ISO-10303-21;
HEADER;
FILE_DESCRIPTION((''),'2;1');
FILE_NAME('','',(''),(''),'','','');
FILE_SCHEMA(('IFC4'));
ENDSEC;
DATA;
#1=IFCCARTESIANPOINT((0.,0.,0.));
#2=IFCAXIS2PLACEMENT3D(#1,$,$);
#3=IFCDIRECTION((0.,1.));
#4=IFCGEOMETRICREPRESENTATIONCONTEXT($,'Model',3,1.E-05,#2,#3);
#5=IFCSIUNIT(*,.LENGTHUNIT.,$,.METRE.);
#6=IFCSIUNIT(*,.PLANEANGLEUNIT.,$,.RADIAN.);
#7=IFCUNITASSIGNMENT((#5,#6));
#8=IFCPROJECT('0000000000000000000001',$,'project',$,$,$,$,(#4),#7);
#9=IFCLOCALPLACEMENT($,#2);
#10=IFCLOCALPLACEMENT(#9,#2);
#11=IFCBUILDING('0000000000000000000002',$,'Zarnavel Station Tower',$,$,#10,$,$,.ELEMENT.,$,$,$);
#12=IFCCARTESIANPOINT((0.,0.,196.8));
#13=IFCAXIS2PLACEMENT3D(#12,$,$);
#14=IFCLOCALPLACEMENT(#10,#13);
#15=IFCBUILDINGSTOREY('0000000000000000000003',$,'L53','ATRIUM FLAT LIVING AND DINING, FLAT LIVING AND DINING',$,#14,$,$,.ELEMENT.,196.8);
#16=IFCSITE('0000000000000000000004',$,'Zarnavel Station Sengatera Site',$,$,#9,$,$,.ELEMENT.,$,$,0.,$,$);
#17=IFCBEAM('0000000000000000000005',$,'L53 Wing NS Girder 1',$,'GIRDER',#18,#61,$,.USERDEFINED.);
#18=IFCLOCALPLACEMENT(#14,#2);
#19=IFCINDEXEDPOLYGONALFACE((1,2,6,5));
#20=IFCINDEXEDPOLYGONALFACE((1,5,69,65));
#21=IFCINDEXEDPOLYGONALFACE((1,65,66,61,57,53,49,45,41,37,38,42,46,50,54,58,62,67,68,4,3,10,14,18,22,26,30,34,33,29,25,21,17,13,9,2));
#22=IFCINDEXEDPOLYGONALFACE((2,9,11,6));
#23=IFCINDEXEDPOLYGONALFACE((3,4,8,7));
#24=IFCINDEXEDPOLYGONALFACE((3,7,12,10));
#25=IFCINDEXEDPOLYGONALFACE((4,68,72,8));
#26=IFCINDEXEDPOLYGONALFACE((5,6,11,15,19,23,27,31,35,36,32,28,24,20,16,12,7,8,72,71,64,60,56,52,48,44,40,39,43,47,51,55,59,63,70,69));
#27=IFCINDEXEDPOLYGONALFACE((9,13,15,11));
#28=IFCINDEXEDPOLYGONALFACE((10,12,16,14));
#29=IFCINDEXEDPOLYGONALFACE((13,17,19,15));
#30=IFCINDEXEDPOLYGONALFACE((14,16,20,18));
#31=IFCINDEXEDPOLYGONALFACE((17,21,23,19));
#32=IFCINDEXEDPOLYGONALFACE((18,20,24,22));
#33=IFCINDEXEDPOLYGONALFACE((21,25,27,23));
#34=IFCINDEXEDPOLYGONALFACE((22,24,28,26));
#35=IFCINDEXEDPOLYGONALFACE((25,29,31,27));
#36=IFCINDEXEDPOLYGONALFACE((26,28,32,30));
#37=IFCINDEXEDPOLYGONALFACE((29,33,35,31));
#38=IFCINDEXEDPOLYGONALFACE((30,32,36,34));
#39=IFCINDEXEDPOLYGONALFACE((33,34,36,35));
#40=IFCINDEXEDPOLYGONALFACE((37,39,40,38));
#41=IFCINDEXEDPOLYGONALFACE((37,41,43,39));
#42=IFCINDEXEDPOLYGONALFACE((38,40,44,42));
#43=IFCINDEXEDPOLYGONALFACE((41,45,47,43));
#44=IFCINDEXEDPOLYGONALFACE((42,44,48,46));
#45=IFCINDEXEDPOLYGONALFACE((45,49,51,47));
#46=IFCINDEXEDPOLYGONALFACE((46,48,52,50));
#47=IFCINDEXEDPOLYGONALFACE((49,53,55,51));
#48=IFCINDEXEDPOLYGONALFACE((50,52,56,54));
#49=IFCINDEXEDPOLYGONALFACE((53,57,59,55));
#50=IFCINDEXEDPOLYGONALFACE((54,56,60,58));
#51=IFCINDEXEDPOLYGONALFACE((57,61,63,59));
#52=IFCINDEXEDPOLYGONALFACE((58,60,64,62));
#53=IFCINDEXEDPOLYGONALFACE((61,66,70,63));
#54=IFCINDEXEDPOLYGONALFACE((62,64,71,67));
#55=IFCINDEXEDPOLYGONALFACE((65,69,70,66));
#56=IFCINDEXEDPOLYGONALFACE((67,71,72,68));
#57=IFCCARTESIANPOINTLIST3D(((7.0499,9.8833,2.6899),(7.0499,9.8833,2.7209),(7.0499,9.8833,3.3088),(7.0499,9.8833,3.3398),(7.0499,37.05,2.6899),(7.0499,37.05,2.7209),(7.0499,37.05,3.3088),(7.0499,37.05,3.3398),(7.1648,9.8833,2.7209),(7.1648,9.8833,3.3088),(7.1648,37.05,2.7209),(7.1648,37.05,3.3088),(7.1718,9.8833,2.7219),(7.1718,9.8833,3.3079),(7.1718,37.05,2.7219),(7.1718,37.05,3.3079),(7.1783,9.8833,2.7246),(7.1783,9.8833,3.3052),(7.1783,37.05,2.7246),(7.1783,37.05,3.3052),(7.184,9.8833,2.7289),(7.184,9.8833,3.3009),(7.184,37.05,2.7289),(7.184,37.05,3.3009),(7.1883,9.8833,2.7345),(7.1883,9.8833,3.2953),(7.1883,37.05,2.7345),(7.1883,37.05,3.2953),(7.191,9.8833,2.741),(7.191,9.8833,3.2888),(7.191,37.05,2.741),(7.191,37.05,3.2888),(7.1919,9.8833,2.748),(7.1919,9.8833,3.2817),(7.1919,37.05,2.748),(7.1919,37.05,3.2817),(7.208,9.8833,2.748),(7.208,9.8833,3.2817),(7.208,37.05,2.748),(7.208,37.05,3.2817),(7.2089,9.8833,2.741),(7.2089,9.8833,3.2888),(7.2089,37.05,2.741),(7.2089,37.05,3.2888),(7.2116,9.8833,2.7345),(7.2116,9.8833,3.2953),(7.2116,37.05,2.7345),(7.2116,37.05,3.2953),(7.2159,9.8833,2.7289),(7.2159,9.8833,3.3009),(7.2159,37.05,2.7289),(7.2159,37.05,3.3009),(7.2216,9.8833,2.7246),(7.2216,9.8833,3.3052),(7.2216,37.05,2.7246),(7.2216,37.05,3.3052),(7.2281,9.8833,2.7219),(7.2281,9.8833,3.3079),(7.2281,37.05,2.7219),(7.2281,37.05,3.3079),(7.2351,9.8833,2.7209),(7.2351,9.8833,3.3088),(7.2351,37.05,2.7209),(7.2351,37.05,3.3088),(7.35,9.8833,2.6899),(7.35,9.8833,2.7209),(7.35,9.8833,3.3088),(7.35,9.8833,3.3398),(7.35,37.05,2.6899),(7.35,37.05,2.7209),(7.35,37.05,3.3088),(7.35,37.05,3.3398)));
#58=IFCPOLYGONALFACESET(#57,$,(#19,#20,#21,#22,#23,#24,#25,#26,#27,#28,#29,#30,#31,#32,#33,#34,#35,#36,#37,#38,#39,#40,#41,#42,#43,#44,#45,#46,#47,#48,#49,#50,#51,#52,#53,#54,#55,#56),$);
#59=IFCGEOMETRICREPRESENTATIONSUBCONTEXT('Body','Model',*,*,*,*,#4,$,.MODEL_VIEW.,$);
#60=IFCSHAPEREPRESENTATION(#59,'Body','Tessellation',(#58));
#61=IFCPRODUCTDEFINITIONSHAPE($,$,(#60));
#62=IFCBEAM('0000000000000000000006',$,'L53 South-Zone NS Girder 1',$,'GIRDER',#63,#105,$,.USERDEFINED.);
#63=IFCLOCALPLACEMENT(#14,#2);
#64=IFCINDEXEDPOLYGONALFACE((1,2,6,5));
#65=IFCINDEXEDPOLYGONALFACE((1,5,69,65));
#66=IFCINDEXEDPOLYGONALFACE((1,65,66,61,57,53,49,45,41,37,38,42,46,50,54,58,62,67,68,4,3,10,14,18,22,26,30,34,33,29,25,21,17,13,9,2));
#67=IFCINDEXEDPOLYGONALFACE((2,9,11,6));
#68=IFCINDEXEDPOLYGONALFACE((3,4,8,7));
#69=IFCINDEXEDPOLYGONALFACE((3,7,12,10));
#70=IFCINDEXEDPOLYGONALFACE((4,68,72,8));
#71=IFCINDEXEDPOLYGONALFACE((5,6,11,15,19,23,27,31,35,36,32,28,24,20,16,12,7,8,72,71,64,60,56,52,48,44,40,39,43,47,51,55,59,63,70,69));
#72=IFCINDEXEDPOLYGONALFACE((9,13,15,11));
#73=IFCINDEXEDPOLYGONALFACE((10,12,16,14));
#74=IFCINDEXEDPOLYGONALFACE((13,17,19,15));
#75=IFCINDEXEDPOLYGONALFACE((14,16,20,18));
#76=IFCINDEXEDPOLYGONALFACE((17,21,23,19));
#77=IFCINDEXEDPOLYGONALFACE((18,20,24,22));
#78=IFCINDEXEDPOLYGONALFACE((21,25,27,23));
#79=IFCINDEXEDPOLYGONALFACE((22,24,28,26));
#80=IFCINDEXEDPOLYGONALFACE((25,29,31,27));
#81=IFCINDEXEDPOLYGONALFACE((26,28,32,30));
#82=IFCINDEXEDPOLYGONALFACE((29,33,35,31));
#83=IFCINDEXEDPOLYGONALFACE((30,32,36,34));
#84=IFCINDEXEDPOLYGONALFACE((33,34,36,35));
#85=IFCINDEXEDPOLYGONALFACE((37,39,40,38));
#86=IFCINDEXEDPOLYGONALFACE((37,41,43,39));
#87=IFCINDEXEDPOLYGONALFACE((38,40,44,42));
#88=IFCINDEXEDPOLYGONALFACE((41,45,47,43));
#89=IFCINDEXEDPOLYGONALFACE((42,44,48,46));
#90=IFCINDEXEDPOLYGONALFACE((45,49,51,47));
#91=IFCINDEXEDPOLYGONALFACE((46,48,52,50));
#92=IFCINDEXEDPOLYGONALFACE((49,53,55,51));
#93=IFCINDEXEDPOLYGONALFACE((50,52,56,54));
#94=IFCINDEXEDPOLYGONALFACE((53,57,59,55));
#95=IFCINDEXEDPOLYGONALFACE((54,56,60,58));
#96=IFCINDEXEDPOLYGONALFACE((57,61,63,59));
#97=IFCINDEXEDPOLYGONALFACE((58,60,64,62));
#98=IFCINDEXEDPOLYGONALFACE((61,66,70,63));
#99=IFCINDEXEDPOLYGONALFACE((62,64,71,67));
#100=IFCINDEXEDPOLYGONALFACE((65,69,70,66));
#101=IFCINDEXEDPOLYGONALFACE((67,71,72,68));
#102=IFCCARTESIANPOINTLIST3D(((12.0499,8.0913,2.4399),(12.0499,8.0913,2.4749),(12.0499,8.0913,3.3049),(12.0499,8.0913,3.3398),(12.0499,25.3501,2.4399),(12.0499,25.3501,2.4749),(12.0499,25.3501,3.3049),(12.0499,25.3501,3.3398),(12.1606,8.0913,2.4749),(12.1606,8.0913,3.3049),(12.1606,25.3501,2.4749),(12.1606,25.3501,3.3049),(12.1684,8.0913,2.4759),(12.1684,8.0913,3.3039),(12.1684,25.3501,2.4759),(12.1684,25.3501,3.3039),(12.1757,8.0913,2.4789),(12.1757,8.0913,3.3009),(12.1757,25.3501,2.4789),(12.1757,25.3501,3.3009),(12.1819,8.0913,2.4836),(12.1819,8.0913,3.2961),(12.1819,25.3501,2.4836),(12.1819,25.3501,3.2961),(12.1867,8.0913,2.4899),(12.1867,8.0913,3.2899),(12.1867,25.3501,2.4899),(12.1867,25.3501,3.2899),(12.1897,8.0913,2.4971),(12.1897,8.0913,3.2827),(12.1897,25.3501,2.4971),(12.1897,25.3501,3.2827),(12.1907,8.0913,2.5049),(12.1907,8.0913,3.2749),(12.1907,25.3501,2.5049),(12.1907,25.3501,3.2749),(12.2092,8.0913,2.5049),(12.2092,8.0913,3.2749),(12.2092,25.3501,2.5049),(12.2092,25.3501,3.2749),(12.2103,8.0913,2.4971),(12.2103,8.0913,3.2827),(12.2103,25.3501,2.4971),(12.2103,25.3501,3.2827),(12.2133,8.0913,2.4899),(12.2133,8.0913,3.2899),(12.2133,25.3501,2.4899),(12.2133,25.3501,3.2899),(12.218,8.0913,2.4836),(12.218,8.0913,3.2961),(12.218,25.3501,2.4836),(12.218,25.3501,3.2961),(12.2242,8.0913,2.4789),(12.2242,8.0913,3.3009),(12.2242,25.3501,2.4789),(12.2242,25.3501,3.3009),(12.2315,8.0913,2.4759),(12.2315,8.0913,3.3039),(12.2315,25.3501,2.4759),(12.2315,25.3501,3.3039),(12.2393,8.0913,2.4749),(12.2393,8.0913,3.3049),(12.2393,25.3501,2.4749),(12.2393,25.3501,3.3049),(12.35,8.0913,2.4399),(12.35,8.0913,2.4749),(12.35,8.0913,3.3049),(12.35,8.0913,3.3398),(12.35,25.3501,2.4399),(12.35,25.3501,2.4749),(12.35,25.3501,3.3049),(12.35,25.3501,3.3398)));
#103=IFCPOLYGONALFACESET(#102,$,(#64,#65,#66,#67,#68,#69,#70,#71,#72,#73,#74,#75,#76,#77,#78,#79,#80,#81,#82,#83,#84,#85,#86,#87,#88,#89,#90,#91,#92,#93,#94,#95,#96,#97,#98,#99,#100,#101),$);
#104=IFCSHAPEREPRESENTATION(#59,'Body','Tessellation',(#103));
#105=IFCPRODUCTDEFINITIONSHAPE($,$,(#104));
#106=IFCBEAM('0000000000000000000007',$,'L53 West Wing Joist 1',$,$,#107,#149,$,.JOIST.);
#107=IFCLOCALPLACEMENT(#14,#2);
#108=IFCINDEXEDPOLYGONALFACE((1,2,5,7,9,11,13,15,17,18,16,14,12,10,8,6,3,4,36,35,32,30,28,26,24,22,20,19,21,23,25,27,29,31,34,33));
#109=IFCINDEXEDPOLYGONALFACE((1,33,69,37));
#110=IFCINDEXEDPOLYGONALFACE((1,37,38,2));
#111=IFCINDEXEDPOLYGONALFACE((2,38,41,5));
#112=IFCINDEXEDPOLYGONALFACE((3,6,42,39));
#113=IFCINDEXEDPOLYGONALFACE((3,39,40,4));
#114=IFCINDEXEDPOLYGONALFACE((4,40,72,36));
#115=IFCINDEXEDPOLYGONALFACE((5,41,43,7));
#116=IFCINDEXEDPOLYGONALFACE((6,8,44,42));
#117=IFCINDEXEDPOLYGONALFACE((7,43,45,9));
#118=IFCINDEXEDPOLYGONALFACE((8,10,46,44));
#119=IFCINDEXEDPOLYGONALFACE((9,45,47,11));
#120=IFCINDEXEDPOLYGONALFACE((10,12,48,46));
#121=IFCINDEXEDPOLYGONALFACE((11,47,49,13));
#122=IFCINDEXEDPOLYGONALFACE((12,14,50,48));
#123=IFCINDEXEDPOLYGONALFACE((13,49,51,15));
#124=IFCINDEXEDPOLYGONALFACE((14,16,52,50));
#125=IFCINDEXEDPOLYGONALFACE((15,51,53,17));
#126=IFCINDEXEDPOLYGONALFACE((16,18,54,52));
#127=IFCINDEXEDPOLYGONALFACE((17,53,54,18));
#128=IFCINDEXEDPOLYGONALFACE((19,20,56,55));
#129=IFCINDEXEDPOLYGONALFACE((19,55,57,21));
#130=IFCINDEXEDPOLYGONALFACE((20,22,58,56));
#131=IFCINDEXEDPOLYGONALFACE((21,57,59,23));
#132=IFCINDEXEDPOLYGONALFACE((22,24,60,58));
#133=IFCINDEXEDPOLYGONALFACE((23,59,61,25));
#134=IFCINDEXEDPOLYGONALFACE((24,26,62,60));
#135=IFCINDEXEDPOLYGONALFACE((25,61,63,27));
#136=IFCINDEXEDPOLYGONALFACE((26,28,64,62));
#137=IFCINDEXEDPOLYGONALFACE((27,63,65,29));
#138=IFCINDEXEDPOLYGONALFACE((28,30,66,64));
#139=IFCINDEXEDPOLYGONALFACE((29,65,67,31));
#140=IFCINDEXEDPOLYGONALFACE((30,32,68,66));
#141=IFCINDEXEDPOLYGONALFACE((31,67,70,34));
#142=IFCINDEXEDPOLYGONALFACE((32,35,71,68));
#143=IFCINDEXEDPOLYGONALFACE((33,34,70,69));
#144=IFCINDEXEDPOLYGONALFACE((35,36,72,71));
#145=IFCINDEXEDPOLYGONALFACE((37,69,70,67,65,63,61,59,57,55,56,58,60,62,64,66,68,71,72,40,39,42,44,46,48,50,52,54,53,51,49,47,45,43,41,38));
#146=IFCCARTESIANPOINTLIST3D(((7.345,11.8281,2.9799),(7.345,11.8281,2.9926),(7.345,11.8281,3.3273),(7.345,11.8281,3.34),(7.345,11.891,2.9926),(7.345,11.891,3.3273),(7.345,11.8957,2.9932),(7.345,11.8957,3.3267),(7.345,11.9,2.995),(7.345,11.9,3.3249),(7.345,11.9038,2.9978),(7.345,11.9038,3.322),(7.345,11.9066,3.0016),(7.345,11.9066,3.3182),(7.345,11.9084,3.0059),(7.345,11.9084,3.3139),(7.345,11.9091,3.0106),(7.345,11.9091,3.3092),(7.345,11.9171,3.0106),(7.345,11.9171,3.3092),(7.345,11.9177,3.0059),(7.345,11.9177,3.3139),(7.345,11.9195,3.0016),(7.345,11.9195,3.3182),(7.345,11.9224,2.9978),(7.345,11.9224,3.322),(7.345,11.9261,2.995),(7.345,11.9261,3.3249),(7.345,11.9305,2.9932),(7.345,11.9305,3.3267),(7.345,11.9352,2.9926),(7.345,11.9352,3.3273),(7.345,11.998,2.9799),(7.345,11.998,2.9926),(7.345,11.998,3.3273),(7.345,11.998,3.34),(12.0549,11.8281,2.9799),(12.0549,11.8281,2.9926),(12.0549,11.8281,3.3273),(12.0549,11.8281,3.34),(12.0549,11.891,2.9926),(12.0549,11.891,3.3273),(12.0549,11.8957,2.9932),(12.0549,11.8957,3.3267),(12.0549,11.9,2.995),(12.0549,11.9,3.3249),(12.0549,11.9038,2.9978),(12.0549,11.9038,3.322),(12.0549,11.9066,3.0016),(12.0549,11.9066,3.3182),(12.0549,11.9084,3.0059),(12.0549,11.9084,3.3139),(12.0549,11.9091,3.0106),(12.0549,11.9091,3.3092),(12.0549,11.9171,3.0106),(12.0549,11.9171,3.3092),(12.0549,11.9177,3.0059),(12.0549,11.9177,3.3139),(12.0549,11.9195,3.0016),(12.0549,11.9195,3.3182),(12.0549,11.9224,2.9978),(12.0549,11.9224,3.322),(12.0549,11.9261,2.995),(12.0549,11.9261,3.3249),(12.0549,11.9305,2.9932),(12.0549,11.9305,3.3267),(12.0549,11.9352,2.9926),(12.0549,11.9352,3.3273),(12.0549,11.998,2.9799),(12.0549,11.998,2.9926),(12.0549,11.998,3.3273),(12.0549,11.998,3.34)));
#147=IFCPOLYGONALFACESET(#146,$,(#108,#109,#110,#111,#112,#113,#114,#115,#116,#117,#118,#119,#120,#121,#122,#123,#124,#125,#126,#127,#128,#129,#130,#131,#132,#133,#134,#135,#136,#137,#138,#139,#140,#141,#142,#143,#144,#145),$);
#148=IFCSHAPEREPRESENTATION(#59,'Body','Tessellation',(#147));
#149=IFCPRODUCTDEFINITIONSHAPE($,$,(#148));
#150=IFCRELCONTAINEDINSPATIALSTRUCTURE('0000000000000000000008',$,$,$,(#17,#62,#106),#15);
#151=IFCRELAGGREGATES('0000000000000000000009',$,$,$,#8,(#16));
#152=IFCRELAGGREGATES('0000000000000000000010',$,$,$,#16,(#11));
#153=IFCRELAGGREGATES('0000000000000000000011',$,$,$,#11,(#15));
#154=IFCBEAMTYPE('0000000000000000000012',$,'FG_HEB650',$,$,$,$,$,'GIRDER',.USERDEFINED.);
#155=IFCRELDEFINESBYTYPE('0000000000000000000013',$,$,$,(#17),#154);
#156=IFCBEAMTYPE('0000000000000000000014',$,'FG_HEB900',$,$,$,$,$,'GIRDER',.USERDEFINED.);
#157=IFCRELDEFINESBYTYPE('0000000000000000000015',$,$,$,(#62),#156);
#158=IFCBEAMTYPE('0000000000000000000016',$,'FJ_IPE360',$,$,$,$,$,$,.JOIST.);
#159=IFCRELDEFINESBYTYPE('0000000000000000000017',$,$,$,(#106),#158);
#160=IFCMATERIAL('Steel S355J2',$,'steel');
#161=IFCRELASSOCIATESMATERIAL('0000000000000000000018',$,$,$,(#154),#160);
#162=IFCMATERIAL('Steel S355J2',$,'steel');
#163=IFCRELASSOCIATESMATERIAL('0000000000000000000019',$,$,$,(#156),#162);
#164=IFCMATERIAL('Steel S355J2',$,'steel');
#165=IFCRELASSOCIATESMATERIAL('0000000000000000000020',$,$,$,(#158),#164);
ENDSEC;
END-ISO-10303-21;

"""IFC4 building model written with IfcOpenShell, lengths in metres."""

from ifc_helpers import new_model, si_unit, direction, frame, origin, origin_2d, place, context, subcontext, project, spatial, i_section, extrude, material, material_profile, profile_set, type_object, element, save


model = new_model("IFC4")

# Units and contexts
model_context = context("Model", 3, precision=1e-05, world=origin(), true_north=direction((0.0, 1.0)))
body_context = subcontext(model_context, "Body", "Model", "MODEL_VIEW")
ifc_project = project(units=[si_unit("LENGTHUNIT", "METRE"), si_unit("PLANEANGLEUNIT", "RADIAN")], contexts=[model_context])

# Site, building, storey
site_placement = place(None, origin())
site = spatial("IfcSite", under=ifc_project, at=site_placement, Name="Zarnavel Station Sengatera Site", CompositionType="ELEMENT", RefElevation=0.0)
building_placement = place(site_placement, origin())
building = spatial("IfcBuilding", under=site, at=building_placement, Name="Zarnavel Station Tower", CompositionType="ELEMENT")
storey_placement = place(building_placement, frame((0.0, 0.0, 196.8)))
storey = spatial("IfcBuildingStorey", under=building, at=storey_placement, Name="L53", Description="ATRIUM FLAT LIVING AND DINING, FLAT LIVING AND DINING", CompositionType="ELEMENT", Elevation=196.8)

# Beams
ifc_material_1 = material(Name="Steel S355J2", Category="steel")
ifc_material_profile_1 = material_profile(ifc_material_1, i_section(OverallWidth=0.3, OverallDepth=0.6499, WebThickness=0.0161, FlangeThickness=0.031, FilletRadius=0.0271, at=origin_2d()), Name="HEB650")
ifc_profile_set_1 = profile_set([ifc_material_profile_1], Name="Steel S355J2")
beam_type_1 = type_object("IfcBeamType", Name="FG_HEB650", ElementType="GIRDER", PredefinedType="USERDEFINED", material=ifc_profile_set_1)
beam_1_placement = place(storey_placement, frame((7.2, 9.8833, 3.0149), z_axis=(0.0, 1.0, 0.0), x_axis=(-1.0, 0.0, 0.0)))
element("IfcBeam", 1, at=beam_1_placement, inside=storey, type_object=beam_type_1, Name="L53 Wing NS Girder 1", ObjectType="GIRDER", PredefinedType="USERDEFINED", context=body_context, shape_type="SweptSolid", body=[
    extrude(i_section(OverallWidth=0.3, OverallDepth=0.6499, WebThickness=0.0161, FlangeThickness=0.031, FilletRadius=0.0271, at=origin_2d()), origin(), (0.0, 0.0, 1.0), 27.1667),
])
ifc_material_2 = material(Name="Steel S355J2", Category="steel")
ifc_material_profile_2 = material_profile(ifc_material_2, i_section(OverallWidth=0.3, OverallDepth=0.8999, WebThickness=0.0186, FlangeThickness=0.0349, FilletRadius=0.03, at=origin_2d()), Name="HEB900")
ifc_profile_set_2 = profile_set([ifc_material_profile_2], Name="Steel S355J2")
beam_type_2 = type_object("IfcBeamType", Name="FG_HEB900", ElementType="GIRDER", PredefinedType="USERDEFINED", material=ifc_profile_set_2)
beam_2_placement = place(storey_placement, frame((12.2, 8.0913, 2.8899), z_axis=(0.0, 1.0, 0.0), x_axis=(-1.0, 0.0, 0.0)))
element("IfcBeam", 2, at=beam_2_placement, inside=storey, type_object=beam_type_2, Name="L53 South-Zone NS Girder 1", ObjectType="GIRDER", PredefinedType="USERDEFINED", context=body_context, shape_type="SweptSolid", body=[
    extrude(i_section(OverallWidth=0.3, OverallDepth=0.8999, WebThickness=0.0186, FlangeThickness=0.0349, FilletRadius=0.03, at=origin_2d()), origin(), (0.0, 0.0, 1.0), 17.2588),
])
ifc_material_3 = material(Name="Steel S355J2", Category="steel")
ifc_material_profile_3 = material_profile(ifc_material_3, i_section(OverallWidth=0.1699, OverallDepth=0.3601, WebThickness=0.0081, FlangeThickness=0.0127, FilletRadius=0.0181, at=origin_2d()), Name="IPE360")
ifc_profile_set_3 = profile_set([ifc_material_profile_3], Name="Steel S355J2")
beam_type_3 = type_object("IfcBeamType", Name="FJ_IPE360", PredefinedType="JOIST", material=ifc_profile_set_3)
beam_3_placement = place(storey_placement, frame((7.345, 11.9131, 3.1599), z_axis=(1.0, 0.0, 0.0), x_axis=(0.0, 1.0, 0.0)))
element("IfcBeam", 3, at=beam_3_placement, inside=storey, type_object=beam_type_3, Name="L53 West Wing Joist 1", PredefinedType="JOIST", context=body_context, shape_type="SweptSolid", body=[
    extrude(i_section(OverallWidth=0.1699, OverallDepth=0.3601, WebThickness=0.0081, FlangeThickness=0.0127, FilletRadius=0.0181, at=origin_2d()), origin(), (0.0, 0.0, 1.0), 4.71),
])

save(model, "model.ifc")
